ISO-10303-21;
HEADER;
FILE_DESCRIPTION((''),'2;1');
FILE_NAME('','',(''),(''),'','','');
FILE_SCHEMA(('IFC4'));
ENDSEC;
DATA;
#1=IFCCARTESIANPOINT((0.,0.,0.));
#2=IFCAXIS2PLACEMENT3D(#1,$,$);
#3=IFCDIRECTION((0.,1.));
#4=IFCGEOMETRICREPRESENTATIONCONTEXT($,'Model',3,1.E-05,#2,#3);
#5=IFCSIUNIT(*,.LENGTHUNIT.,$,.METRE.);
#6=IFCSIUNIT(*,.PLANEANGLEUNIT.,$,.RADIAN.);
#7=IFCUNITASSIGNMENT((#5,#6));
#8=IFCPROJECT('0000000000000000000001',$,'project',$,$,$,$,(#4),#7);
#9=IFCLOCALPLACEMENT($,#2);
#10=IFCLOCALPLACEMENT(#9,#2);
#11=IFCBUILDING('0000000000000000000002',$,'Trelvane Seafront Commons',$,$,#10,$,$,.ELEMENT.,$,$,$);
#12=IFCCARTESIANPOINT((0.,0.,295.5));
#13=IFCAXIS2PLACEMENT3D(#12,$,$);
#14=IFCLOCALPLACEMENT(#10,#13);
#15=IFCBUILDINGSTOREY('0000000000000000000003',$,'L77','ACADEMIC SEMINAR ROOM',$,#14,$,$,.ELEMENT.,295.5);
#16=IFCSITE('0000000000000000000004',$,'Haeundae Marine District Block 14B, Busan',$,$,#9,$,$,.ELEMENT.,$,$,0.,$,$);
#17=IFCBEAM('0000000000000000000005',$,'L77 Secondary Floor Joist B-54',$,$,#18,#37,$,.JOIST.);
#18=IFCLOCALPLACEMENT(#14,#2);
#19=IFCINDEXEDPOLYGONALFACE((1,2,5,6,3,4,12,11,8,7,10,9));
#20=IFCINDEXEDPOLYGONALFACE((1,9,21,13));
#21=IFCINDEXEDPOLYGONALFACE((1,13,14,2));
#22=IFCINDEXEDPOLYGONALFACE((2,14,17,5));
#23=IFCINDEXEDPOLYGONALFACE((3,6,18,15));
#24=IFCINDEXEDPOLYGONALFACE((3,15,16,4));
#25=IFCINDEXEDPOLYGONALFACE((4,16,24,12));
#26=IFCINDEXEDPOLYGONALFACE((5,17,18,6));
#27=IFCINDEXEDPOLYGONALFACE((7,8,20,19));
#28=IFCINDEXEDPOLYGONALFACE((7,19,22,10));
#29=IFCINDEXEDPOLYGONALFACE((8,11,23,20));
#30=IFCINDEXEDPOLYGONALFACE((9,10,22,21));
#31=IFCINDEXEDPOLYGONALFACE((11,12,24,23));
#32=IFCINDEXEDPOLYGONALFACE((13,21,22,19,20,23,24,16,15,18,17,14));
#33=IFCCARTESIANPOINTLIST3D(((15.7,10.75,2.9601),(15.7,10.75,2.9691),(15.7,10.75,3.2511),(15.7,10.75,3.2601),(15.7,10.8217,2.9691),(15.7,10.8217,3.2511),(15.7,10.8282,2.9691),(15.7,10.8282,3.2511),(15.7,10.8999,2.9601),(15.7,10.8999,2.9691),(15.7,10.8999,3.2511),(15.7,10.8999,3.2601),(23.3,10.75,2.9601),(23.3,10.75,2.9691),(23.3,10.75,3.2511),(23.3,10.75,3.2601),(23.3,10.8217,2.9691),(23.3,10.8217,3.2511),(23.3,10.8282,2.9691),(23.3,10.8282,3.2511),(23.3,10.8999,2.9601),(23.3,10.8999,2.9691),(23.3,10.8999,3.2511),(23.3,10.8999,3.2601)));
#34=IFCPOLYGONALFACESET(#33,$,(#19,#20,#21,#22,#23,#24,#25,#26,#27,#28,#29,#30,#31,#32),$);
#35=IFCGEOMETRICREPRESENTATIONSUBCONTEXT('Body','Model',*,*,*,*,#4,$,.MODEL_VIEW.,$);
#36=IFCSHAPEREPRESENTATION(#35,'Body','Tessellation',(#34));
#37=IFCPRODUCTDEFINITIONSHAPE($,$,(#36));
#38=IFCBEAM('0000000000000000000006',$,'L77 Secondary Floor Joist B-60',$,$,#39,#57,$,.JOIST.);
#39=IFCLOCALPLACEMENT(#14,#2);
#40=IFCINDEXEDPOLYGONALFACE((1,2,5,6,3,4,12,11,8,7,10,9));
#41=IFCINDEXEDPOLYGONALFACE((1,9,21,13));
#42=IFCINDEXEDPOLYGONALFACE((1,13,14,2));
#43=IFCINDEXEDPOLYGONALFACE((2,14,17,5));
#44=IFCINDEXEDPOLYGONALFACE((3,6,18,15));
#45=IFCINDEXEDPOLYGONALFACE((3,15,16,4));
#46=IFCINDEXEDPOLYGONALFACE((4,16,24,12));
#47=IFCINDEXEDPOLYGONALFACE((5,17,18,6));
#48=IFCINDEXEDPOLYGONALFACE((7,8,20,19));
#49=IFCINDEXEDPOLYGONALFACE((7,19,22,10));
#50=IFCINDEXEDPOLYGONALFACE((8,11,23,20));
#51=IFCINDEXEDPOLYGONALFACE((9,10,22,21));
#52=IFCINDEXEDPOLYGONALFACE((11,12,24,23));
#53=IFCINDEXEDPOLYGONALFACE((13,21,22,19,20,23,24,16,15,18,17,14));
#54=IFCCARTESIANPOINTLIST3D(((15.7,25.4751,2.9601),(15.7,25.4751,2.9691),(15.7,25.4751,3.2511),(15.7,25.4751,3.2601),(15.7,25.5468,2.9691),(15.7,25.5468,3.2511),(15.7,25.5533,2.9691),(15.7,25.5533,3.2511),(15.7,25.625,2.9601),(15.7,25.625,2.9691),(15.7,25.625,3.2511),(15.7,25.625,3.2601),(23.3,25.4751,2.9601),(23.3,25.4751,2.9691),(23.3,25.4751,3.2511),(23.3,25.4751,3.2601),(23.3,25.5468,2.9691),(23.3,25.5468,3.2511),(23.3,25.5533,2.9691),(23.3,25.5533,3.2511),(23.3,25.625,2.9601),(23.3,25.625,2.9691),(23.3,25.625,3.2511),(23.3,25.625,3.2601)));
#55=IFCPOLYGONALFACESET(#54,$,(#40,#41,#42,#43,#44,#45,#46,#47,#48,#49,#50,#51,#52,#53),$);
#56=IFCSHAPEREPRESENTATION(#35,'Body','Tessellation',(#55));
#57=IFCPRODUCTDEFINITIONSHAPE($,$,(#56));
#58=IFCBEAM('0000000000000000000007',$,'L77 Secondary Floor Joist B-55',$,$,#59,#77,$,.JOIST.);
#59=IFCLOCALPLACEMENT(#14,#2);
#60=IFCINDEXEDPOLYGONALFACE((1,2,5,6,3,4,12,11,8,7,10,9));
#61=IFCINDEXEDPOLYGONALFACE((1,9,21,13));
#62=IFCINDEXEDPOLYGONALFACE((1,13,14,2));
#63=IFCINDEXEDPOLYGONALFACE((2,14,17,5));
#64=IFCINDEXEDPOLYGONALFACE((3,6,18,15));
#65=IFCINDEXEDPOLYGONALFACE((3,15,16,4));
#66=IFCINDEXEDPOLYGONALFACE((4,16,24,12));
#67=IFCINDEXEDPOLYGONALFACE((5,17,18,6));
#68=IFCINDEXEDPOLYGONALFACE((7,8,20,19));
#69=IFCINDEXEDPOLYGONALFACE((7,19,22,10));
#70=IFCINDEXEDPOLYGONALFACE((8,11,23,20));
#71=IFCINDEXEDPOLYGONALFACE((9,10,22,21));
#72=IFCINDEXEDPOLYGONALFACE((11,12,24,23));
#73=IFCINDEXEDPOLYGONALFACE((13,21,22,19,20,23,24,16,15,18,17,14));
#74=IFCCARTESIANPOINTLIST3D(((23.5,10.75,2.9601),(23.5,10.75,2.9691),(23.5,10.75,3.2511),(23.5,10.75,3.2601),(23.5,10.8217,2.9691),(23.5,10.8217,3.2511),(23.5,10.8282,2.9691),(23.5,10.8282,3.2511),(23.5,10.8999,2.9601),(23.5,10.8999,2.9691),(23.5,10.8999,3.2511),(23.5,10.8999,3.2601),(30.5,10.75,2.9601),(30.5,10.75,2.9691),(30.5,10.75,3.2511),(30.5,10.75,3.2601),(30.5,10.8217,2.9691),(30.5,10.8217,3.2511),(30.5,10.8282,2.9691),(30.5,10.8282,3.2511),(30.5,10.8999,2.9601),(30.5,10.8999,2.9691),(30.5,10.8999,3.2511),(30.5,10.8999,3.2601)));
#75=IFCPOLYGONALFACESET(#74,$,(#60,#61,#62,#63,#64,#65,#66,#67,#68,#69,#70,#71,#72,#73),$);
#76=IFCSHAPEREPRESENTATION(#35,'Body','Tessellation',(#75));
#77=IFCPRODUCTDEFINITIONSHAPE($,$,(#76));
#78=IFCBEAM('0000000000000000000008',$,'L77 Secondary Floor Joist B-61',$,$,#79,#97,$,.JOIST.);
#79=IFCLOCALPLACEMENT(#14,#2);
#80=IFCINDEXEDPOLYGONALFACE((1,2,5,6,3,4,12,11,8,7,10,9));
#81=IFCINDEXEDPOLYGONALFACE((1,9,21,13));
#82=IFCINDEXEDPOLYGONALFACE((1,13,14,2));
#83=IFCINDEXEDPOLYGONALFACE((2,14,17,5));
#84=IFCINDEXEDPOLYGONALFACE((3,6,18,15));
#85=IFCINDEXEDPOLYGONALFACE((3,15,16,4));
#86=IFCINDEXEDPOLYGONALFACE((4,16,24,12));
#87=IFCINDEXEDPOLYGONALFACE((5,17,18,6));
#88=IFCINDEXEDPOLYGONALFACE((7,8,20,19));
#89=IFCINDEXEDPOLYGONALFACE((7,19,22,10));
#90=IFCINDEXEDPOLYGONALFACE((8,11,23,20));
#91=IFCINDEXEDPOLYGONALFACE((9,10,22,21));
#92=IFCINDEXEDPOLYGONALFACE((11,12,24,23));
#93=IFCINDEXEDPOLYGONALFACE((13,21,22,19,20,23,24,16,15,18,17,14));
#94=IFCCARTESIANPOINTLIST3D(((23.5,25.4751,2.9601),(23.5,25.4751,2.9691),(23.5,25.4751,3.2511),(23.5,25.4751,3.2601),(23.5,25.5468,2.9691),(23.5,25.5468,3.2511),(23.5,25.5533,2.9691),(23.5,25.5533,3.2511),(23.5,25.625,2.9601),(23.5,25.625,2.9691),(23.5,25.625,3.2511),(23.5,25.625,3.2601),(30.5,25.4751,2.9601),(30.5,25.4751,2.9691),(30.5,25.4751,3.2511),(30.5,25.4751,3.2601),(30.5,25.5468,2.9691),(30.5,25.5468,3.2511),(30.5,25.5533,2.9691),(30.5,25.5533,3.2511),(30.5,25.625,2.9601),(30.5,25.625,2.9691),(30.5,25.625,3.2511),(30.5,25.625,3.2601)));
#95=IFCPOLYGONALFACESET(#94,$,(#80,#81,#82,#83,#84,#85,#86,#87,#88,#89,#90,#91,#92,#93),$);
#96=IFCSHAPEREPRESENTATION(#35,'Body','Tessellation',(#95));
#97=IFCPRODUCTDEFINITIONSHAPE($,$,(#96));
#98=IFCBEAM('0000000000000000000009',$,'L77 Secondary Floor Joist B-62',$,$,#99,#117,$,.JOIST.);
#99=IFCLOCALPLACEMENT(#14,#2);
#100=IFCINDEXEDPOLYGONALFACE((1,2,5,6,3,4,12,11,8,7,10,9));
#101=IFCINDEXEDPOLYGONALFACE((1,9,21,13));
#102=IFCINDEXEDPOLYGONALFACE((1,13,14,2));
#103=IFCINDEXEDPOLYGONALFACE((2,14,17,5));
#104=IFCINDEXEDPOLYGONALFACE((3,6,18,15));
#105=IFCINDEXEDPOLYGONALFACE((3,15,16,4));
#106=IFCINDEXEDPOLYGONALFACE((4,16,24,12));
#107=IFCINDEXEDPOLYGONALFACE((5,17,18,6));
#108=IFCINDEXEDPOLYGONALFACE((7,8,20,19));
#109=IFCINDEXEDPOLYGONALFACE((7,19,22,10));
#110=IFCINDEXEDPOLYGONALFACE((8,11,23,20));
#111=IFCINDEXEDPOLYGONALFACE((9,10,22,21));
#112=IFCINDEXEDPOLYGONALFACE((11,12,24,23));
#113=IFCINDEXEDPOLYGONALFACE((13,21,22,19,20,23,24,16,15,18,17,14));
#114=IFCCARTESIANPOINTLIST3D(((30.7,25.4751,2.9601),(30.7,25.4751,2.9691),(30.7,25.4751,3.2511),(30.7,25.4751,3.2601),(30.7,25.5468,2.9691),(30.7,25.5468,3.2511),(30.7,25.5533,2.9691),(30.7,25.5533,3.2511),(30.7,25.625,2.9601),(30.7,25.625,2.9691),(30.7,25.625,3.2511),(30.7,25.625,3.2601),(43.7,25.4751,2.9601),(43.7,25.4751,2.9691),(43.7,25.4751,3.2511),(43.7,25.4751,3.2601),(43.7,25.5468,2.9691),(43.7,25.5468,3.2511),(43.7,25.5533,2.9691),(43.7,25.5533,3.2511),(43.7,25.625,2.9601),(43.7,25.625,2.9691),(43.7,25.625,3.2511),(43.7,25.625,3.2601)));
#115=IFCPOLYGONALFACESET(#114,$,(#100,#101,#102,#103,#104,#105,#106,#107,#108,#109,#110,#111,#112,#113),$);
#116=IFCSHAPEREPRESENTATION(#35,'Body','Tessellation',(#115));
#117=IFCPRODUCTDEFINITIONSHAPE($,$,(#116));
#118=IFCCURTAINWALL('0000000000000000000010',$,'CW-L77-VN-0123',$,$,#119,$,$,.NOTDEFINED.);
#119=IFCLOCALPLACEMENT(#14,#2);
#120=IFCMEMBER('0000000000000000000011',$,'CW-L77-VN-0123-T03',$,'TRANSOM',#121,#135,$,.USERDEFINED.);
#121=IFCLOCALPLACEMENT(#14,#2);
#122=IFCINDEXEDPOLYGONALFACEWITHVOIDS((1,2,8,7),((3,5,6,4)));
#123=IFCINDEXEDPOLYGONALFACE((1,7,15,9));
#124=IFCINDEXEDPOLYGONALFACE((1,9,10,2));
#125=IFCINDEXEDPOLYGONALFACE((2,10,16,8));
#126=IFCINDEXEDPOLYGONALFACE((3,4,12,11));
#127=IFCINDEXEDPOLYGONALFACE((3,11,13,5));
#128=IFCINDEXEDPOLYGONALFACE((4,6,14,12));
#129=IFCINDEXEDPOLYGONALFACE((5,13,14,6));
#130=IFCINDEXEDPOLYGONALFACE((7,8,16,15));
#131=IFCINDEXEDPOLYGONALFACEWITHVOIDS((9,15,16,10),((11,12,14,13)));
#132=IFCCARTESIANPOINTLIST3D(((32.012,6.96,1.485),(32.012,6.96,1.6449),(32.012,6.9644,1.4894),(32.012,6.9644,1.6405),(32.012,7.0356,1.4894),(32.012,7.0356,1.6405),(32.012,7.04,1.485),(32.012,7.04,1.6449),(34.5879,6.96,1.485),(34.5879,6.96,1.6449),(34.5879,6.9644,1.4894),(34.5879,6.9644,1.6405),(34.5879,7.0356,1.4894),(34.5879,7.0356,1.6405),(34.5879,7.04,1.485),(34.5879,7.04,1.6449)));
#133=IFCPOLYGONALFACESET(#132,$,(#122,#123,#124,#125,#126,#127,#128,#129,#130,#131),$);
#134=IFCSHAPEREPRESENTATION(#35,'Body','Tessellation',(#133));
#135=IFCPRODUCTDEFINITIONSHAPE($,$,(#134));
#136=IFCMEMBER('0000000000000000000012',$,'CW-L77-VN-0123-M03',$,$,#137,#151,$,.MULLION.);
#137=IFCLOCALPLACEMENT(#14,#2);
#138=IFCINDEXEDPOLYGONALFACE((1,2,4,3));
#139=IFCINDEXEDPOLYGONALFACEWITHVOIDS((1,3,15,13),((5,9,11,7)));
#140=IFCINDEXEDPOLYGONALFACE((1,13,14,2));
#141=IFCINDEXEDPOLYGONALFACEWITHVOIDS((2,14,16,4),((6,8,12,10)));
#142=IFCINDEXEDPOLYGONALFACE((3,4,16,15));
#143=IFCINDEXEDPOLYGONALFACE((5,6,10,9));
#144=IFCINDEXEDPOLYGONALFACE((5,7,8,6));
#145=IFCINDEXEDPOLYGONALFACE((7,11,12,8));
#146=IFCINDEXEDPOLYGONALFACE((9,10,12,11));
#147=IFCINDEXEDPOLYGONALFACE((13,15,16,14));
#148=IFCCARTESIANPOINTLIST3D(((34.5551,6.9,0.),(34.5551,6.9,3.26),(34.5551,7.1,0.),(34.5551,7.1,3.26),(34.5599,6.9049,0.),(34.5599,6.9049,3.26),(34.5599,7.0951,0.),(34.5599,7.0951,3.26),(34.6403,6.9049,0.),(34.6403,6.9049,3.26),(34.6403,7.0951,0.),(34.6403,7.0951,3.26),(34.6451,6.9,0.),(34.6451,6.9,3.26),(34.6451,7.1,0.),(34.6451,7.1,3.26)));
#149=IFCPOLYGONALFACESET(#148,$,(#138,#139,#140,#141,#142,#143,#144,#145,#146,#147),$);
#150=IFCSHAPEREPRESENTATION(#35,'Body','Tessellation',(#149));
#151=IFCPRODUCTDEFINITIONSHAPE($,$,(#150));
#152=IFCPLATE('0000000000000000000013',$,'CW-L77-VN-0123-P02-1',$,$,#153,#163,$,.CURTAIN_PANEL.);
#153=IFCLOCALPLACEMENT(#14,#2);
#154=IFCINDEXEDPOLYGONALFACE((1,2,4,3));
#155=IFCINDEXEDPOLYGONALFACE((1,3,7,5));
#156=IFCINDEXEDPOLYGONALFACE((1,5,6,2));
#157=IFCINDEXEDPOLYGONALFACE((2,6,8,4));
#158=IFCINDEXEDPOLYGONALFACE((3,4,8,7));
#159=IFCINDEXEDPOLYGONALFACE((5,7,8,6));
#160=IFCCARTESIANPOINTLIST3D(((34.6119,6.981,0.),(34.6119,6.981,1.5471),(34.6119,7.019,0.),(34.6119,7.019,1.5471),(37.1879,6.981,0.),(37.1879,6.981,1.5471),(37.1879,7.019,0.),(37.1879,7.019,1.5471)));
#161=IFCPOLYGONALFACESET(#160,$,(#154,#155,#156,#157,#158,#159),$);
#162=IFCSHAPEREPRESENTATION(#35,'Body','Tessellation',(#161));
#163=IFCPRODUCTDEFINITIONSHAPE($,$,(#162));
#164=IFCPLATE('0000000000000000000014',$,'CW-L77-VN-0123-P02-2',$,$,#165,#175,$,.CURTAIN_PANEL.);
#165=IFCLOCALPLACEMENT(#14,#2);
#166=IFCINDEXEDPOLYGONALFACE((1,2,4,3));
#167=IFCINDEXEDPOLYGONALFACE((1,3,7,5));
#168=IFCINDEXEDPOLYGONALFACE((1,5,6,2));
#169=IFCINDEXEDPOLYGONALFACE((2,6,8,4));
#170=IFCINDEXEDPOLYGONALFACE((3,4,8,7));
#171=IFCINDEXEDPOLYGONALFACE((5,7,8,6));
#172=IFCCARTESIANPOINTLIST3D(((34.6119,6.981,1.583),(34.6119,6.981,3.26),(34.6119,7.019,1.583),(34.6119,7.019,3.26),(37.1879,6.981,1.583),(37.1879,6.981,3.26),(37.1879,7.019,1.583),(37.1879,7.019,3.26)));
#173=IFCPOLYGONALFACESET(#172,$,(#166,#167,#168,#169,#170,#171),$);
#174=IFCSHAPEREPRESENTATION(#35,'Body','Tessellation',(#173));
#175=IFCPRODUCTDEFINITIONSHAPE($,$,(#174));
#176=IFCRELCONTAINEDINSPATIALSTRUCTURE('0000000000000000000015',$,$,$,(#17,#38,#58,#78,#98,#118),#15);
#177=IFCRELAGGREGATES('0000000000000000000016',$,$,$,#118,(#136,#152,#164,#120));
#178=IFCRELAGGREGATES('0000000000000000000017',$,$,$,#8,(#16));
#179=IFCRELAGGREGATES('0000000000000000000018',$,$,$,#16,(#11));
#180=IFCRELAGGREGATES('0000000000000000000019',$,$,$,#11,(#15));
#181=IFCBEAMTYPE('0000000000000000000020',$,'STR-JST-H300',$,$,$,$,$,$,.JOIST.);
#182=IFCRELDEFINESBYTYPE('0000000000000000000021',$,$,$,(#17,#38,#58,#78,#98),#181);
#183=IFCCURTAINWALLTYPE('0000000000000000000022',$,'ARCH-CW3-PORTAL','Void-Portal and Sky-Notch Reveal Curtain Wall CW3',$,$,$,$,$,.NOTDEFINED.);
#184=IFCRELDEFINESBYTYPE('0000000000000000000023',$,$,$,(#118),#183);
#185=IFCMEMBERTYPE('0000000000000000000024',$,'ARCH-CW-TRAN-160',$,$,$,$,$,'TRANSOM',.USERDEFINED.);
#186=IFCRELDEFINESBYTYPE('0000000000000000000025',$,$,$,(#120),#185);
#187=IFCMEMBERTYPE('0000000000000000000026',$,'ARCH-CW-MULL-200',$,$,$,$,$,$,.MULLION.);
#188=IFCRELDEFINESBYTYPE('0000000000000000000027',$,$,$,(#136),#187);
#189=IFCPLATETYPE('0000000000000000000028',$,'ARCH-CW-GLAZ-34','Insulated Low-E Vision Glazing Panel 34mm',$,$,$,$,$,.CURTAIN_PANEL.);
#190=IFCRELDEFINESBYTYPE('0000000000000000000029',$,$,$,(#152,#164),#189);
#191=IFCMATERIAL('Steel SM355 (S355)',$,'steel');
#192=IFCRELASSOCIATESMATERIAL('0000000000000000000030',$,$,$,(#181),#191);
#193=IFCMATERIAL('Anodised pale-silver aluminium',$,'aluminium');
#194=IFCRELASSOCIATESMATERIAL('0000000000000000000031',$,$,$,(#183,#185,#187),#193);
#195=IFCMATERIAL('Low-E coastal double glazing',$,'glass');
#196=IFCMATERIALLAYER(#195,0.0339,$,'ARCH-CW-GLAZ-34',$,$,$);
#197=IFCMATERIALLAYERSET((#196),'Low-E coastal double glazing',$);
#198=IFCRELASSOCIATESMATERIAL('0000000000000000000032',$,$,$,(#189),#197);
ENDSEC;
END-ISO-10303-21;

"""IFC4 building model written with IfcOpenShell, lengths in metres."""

from ifc_helpers import new_model, si_unit, direction, frame, origin, origin_2d, place, context, subcontext, project, spatial, rectangle, hollow_rectangle, i_section, extrude, source, transform, mapped, material, layer, layer_set, material_profile, profile_set, type_object, element, aggregate, save


model = new_model("IFC4")

# Units and contexts
model_context = context("Model", 3, precision=1e-05, world=origin(), true_north=direction((0.0, 1.0)))
body_context = subcontext(model_context, "Body", "Model", "MODEL_VIEW")
ifc_project = project(units=[si_unit("LENGTHUNIT", "METRE"), si_unit("PLANEANGLEUNIT", "RADIAN")], contexts=[model_context])

# Site, building, storey
site_placement = place(None, origin())
site = spatial("IfcSite", under=ifc_project, at=site_placement, Name="Haeundae Marine District Block 14B, Busan", CompositionType="ELEMENT", RefElevation=0.0)
building_placement = place(site_placement, origin())
building = spatial("IfcBuilding", under=site, at=building_placement, Name="Trelvane Seafront Commons", CompositionType="ELEMENT")
storey_placement = place(building_placement, frame((0.0, 0.0, 295.5)))
storey = spatial("IfcBuildingStorey", under=building, at=storey_placement, Name="L77", Description="ACADEMIC SEMINAR ROOM", CompositionType="ELEMENT", Elevation=295.5)

# Shared definitions
ifc_material_1 = material(Name="Steel SM355 (S355)", Category="steel")

# Beams
ifc_material_profile_1 = material_profile(ifc_material_1, i_section(OverallWidth=0.1499, OverallDepth=0.3, WebThickness=0.0066, FlangeThickness=0.009, at=origin_2d()), Name="H-300x150x6.5x9")
ifc_profile_set_1 = profile_set([ifc_material_profile_1], Name="Steel SM355 (S355)")
beam_type_1 = type_object("IfcBeamType", Name="STR-JST-H300", PredefinedType="JOIST", material=ifc_profile_set_1)
shared_shape_1 = source(origin(), body_context, "Body", "SweptSolid", [
    extrude(i_section(OverallWidth=0.1499, OverallDepth=0.3, WebThickness=0.0066, FlangeThickness=0.009, at=origin_2d()), origin(), (0.0, 0.0, 1.0), 7.6001),
])
for number, where, z_axis, x_axis, name in (
    (1, (15.7, 10.825, 3.1101), (1.0, 0.0, 0.0), (0.0, 1.0, 0.0), "L77 Secondary Floor Joist B-54"),
    (2, (15.7, 25.55, 3.1101), (1.0, 0.0, 0.0), (0.0, 1.0, 0.0), "L77 Secondary Floor Joist B-60"),
):
    element("IfcBeam", number, at=place(storey_placement, frame(where, z_axis=z_axis, x_axis=x_axis)), inside=storey, type_object=beam_type_1, Name=name, PredefinedType="JOIST", context=body_context, shape_type="MappedRepresentation", body=[
        mapped(shared_shape_1, transform((0.0, 0.0, 0.0), x_axis=(1.0, 0.0, 0.0), y_axis=(0.0, 1.0, 0.0), z_axis=(0.0, 0.0, 1.0), scale=1.0)),
    ])
shared_shape_2 = source(origin(), body_context, "Body", "SweptSolid", [
    extrude(i_section(OverallWidth=0.1499, OverallDepth=0.3, WebThickness=0.0066, FlangeThickness=0.009, at=origin_2d()), origin(), (0.0, 0.0, 1.0), 7.0),
])
for number, where, z_axis, x_axis, name in (
    (3, (23.5, 10.825, 3.1101), (1.0, 0.0, 0.0), (0.0, 1.0, 0.0), "L77 Secondary Floor Joist B-55"),
    (4, (23.5, 25.55, 3.1101), (1.0, 0.0, 0.0), (0.0, 1.0, 0.0), "L77 Secondary Floor Joist B-61"),
):
    element("IfcBeam", number, at=place(storey_placement, frame(where, z_axis=z_axis, x_axis=x_axis)), inside=storey, type_object=beam_type_1, Name=name, PredefinedType="JOIST", context=body_context, shape_type="MappedRepresentation", body=[
        mapped(shared_shape_2, transform((0.0, 0.0, 0.0), x_axis=(1.0, 0.0, 0.0), y_axis=(0.0, 1.0, 0.0), z_axis=(0.0, 0.0, 1.0), scale=1.0)),
    ])
shared_shape_3 = source(origin(), body_context, "Body", "SweptSolid", [
    extrude(i_section(OverallWidth=0.1499, OverallDepth=0.3, WebThickness=0.0066, FlangeThickness=0.009, at=origin_2d()), origin(), (0.0, 0.0, 1.0), 13.0),
])
beam_1_placement = place(storey_placement, frame((30.7, 25.55, 3.1101), z_axis=(1.0, 0.0, 0.0), x_axis=(0.0, 1.0, 0.0)))
element("IfcBeam", 5, at=beam_1_placement, inside=storey, type_object=beam_type_1, Name="L77 Secondary Floor Joist B-62", PredefinedType="JOIST", context=body_context, shape_type="MappedRepresentation", body=[
    mapped(shared_shape_3, transform((0.0, 0.0, 0.0), x_axis=(1.0, 0.0, 0.0), y_axis=(0.0, 1.0, 0.0), z_axis=(0.0, 0.0, 1.0), scale=1.0)),
])

# Curtain wall, members, plates
ifc_material_2 = material(Name="Anodised pale-silver aluminium", Category="aluminium")
curtain_wall_type = type_object("IfcCurtainWallType", Name="ARCH-CW3-PORTAL", Description="Void-Portal and Sky-Notch Reveal Curtain Wall CW3", PredefinedType="NOTDEFINED", material=ifc_material_2)
curtain_wall_placement = place(storey_placement, origin())
curtain_wall = element("IfcCurtainWall", 6, at=curtain_wall_placement, inside=storey, type_object=curtain_wall_type, Name="CW-L77-VN-0123", PredefinedType="NOTDEFINED")
ifc_material_profile_2 = material_profile(ifc_material_2, hollow_rectangle(XDim=0.0801, YDim=0.1599, WallThickness=0.0044, at=origin_2d()), Name="TRAN-80x160x4.5")
ifc_profile_set_2 = profile_set([ifc_material_profile_2], Name="Anodised pale-silver aluminium")
member_type_1 = type_object("IfcMemberType", Name="ARCH-CW-TRAN-160", ElementType="TRANSOM", PredefinedType="USERDEFINED", material=ifc_profile_set_2)
shared_shape_4 = source(origin(), body_context, "Body", "SweptSolid", [
    extrude(hollow_rectangle(XDim=0.0801, YDim=0.1599, WallThickness=0.0044, at=origin_2d()), origin(), (0.0, 0.0, 1.0), 2.5759),
])
member_1_placement = place(storey_placement, frame((34.5879, 7.0, 1.5649), z_axis=(-1.0, 0.0, 0.0), x_axis=(0.0, -1.0, 0.0)))
member_1 = element("IfcMember", 7, at=member_1_placement, type_object=member_type_1, Name="CW-L77-VN-0123-T03", ObjectType="TRANSOM", PredefinedType="USERDEFINED", context=body_context, shape_type="MappedRepresentation", body=[
    mapped(shared_shape_4, transform((0.0, 0.0, 0.0), x_axis=(1.0, 0.0, 0.0), y_axis=(0.0, 1.0, 0.0), z_axis=(0.0, 0.0, 1.0), scale=1.0)),
])
ifc_material_profile_3 = material_profile(ifc_material_2, hollow_rectangle(XDim=0.0901, YDim=0.2, WallThickness=0.0049, at=origin_2d()), Name="MULL-90x200x5")
ifc_profile_set_3 = profile_set([ifc_material_profile_3], Name="Anodised pale-silver aluminium")
member_type_2 = type_object("IfcMemberType", Name="ARCH-CW-MULL-200", PredefinedType="MULLION", material=ifc_profile_set_3)
shared_shape_5 = source(origin(), body_context, "Body", "SweptSolid", [
    extrude(hollow_rectangle(XDim=0.0901, YDim=0.2, WallThickness=0.0049, at=origin_2d()), origin(), (0.0, 0.0, 1.0), 3.26),
])
member_2_placement = place(storey_placement, frame((34.6001, 7.0, 0.0), z_axis=(0.0, 0.0, 1.0), x_axis=(1.0, 0.0, 0.0)))
member_2 = element("IfcMember", 8, at=member_2_placement, type_object=member_type_2, Name="CW-L77-VN-0123-M03", PredefinedType="MULLION", context=body_context, shape_type="MappedRepresentation", body=[
    mapped(shared_shape_5, transform((0.0, 0.0, 0.0), x_axis=(1.0, 0.0, 0.0), y_axis=(0.0, 1.0, 0.0), z_axis=(0.0, 0.0, 1.0), scale=1.0)),
])
ifc_material_3 = material(Name="Low-E coastal double glazing", Category="glass")
ifc_layer_1 = layer(ifc_material_3, 0.0339, Name="ARCH-CW-GLAZ-34")
ifc_layer_set_1 = layer_set([ifc_layer_1], Name="Low-E coastal double glazing")
plate_type = type_object("IfcPlateType", Name="ARCH-CW-GLAZ-34", Description="Insulated Low-E Vision Glazing Panel 34mm", PredefinedType="CURTAIN_PANEL", material=ifc_layer_set_1)
shared_shape_6 = source(origin(), body_context, "Body", "SweptSolid", [
    extrude(rectangle(XDim=2.5759, YDim=0.0381, at=origin_2d()), origin(), (0.0, 0.0, 1.0), 1.5471),
])
plate_1_placement = place(storey_placement, frame((35.8999, 7.0, 0.0), z_axis=(0.0, 0.0, 1.0), x_axis=(-1.0, 0.0, 0.0)))
plate_1 = element("IfcPlate", 9, at=plate_1_placement, type_object=plate_type, Name="CW-L77-VN-0123-P02-1", PredefinedType="CURTAIN_PANEL", context=body_context, shape_type="MappedRepresentation", body=[
    mapped(shared_shape_6, transform((0.0, 0.0, 0.0), x_axis=(1.0, 0.0, 0.0), y_axis=(0.0, 1.0, 0.0), z_axis=(0.0, 0.0, 1.0), scale=1.0)),
])
shared_shape_7 = source(origin(), body_context, "Body", "SweptSolid", [
    extrude(rectangle(XDim=2.5759, YDim=0.0381, at=origin_2d()), origin(), (0.0, 0.0, 1.0), 1.677),
])
plate_2_placement = place(storey_placement, frame((35.8999, 7.0, 1.583), z_axis=(0.0, 0.0, 1.0), x_axis=(-1.0, 0.0, 0.0)))
plate_2 = element("IfcPlate", 10, at=plate_2_placement, type_object=plate_type, Name="CW-L77-VN-0123-P02-2", PredefinedType="CURTAIN_PANEL", context=body_context, shape_type="MappedRepresentation", body=[
    mapped(shared_shape_7, transform((0.0, 0.0, 0.0), x_axis=(1.0, 0.0, 0.0), y_axis=(0.0, 1.0, 0.0), z_axis=(0.0, 0.0, 1.0), scale=1.0)),
])
aggregate(curtain_wall, [member_2, plate_1, plate_2, member_1])

save(model, "model.ifc")
